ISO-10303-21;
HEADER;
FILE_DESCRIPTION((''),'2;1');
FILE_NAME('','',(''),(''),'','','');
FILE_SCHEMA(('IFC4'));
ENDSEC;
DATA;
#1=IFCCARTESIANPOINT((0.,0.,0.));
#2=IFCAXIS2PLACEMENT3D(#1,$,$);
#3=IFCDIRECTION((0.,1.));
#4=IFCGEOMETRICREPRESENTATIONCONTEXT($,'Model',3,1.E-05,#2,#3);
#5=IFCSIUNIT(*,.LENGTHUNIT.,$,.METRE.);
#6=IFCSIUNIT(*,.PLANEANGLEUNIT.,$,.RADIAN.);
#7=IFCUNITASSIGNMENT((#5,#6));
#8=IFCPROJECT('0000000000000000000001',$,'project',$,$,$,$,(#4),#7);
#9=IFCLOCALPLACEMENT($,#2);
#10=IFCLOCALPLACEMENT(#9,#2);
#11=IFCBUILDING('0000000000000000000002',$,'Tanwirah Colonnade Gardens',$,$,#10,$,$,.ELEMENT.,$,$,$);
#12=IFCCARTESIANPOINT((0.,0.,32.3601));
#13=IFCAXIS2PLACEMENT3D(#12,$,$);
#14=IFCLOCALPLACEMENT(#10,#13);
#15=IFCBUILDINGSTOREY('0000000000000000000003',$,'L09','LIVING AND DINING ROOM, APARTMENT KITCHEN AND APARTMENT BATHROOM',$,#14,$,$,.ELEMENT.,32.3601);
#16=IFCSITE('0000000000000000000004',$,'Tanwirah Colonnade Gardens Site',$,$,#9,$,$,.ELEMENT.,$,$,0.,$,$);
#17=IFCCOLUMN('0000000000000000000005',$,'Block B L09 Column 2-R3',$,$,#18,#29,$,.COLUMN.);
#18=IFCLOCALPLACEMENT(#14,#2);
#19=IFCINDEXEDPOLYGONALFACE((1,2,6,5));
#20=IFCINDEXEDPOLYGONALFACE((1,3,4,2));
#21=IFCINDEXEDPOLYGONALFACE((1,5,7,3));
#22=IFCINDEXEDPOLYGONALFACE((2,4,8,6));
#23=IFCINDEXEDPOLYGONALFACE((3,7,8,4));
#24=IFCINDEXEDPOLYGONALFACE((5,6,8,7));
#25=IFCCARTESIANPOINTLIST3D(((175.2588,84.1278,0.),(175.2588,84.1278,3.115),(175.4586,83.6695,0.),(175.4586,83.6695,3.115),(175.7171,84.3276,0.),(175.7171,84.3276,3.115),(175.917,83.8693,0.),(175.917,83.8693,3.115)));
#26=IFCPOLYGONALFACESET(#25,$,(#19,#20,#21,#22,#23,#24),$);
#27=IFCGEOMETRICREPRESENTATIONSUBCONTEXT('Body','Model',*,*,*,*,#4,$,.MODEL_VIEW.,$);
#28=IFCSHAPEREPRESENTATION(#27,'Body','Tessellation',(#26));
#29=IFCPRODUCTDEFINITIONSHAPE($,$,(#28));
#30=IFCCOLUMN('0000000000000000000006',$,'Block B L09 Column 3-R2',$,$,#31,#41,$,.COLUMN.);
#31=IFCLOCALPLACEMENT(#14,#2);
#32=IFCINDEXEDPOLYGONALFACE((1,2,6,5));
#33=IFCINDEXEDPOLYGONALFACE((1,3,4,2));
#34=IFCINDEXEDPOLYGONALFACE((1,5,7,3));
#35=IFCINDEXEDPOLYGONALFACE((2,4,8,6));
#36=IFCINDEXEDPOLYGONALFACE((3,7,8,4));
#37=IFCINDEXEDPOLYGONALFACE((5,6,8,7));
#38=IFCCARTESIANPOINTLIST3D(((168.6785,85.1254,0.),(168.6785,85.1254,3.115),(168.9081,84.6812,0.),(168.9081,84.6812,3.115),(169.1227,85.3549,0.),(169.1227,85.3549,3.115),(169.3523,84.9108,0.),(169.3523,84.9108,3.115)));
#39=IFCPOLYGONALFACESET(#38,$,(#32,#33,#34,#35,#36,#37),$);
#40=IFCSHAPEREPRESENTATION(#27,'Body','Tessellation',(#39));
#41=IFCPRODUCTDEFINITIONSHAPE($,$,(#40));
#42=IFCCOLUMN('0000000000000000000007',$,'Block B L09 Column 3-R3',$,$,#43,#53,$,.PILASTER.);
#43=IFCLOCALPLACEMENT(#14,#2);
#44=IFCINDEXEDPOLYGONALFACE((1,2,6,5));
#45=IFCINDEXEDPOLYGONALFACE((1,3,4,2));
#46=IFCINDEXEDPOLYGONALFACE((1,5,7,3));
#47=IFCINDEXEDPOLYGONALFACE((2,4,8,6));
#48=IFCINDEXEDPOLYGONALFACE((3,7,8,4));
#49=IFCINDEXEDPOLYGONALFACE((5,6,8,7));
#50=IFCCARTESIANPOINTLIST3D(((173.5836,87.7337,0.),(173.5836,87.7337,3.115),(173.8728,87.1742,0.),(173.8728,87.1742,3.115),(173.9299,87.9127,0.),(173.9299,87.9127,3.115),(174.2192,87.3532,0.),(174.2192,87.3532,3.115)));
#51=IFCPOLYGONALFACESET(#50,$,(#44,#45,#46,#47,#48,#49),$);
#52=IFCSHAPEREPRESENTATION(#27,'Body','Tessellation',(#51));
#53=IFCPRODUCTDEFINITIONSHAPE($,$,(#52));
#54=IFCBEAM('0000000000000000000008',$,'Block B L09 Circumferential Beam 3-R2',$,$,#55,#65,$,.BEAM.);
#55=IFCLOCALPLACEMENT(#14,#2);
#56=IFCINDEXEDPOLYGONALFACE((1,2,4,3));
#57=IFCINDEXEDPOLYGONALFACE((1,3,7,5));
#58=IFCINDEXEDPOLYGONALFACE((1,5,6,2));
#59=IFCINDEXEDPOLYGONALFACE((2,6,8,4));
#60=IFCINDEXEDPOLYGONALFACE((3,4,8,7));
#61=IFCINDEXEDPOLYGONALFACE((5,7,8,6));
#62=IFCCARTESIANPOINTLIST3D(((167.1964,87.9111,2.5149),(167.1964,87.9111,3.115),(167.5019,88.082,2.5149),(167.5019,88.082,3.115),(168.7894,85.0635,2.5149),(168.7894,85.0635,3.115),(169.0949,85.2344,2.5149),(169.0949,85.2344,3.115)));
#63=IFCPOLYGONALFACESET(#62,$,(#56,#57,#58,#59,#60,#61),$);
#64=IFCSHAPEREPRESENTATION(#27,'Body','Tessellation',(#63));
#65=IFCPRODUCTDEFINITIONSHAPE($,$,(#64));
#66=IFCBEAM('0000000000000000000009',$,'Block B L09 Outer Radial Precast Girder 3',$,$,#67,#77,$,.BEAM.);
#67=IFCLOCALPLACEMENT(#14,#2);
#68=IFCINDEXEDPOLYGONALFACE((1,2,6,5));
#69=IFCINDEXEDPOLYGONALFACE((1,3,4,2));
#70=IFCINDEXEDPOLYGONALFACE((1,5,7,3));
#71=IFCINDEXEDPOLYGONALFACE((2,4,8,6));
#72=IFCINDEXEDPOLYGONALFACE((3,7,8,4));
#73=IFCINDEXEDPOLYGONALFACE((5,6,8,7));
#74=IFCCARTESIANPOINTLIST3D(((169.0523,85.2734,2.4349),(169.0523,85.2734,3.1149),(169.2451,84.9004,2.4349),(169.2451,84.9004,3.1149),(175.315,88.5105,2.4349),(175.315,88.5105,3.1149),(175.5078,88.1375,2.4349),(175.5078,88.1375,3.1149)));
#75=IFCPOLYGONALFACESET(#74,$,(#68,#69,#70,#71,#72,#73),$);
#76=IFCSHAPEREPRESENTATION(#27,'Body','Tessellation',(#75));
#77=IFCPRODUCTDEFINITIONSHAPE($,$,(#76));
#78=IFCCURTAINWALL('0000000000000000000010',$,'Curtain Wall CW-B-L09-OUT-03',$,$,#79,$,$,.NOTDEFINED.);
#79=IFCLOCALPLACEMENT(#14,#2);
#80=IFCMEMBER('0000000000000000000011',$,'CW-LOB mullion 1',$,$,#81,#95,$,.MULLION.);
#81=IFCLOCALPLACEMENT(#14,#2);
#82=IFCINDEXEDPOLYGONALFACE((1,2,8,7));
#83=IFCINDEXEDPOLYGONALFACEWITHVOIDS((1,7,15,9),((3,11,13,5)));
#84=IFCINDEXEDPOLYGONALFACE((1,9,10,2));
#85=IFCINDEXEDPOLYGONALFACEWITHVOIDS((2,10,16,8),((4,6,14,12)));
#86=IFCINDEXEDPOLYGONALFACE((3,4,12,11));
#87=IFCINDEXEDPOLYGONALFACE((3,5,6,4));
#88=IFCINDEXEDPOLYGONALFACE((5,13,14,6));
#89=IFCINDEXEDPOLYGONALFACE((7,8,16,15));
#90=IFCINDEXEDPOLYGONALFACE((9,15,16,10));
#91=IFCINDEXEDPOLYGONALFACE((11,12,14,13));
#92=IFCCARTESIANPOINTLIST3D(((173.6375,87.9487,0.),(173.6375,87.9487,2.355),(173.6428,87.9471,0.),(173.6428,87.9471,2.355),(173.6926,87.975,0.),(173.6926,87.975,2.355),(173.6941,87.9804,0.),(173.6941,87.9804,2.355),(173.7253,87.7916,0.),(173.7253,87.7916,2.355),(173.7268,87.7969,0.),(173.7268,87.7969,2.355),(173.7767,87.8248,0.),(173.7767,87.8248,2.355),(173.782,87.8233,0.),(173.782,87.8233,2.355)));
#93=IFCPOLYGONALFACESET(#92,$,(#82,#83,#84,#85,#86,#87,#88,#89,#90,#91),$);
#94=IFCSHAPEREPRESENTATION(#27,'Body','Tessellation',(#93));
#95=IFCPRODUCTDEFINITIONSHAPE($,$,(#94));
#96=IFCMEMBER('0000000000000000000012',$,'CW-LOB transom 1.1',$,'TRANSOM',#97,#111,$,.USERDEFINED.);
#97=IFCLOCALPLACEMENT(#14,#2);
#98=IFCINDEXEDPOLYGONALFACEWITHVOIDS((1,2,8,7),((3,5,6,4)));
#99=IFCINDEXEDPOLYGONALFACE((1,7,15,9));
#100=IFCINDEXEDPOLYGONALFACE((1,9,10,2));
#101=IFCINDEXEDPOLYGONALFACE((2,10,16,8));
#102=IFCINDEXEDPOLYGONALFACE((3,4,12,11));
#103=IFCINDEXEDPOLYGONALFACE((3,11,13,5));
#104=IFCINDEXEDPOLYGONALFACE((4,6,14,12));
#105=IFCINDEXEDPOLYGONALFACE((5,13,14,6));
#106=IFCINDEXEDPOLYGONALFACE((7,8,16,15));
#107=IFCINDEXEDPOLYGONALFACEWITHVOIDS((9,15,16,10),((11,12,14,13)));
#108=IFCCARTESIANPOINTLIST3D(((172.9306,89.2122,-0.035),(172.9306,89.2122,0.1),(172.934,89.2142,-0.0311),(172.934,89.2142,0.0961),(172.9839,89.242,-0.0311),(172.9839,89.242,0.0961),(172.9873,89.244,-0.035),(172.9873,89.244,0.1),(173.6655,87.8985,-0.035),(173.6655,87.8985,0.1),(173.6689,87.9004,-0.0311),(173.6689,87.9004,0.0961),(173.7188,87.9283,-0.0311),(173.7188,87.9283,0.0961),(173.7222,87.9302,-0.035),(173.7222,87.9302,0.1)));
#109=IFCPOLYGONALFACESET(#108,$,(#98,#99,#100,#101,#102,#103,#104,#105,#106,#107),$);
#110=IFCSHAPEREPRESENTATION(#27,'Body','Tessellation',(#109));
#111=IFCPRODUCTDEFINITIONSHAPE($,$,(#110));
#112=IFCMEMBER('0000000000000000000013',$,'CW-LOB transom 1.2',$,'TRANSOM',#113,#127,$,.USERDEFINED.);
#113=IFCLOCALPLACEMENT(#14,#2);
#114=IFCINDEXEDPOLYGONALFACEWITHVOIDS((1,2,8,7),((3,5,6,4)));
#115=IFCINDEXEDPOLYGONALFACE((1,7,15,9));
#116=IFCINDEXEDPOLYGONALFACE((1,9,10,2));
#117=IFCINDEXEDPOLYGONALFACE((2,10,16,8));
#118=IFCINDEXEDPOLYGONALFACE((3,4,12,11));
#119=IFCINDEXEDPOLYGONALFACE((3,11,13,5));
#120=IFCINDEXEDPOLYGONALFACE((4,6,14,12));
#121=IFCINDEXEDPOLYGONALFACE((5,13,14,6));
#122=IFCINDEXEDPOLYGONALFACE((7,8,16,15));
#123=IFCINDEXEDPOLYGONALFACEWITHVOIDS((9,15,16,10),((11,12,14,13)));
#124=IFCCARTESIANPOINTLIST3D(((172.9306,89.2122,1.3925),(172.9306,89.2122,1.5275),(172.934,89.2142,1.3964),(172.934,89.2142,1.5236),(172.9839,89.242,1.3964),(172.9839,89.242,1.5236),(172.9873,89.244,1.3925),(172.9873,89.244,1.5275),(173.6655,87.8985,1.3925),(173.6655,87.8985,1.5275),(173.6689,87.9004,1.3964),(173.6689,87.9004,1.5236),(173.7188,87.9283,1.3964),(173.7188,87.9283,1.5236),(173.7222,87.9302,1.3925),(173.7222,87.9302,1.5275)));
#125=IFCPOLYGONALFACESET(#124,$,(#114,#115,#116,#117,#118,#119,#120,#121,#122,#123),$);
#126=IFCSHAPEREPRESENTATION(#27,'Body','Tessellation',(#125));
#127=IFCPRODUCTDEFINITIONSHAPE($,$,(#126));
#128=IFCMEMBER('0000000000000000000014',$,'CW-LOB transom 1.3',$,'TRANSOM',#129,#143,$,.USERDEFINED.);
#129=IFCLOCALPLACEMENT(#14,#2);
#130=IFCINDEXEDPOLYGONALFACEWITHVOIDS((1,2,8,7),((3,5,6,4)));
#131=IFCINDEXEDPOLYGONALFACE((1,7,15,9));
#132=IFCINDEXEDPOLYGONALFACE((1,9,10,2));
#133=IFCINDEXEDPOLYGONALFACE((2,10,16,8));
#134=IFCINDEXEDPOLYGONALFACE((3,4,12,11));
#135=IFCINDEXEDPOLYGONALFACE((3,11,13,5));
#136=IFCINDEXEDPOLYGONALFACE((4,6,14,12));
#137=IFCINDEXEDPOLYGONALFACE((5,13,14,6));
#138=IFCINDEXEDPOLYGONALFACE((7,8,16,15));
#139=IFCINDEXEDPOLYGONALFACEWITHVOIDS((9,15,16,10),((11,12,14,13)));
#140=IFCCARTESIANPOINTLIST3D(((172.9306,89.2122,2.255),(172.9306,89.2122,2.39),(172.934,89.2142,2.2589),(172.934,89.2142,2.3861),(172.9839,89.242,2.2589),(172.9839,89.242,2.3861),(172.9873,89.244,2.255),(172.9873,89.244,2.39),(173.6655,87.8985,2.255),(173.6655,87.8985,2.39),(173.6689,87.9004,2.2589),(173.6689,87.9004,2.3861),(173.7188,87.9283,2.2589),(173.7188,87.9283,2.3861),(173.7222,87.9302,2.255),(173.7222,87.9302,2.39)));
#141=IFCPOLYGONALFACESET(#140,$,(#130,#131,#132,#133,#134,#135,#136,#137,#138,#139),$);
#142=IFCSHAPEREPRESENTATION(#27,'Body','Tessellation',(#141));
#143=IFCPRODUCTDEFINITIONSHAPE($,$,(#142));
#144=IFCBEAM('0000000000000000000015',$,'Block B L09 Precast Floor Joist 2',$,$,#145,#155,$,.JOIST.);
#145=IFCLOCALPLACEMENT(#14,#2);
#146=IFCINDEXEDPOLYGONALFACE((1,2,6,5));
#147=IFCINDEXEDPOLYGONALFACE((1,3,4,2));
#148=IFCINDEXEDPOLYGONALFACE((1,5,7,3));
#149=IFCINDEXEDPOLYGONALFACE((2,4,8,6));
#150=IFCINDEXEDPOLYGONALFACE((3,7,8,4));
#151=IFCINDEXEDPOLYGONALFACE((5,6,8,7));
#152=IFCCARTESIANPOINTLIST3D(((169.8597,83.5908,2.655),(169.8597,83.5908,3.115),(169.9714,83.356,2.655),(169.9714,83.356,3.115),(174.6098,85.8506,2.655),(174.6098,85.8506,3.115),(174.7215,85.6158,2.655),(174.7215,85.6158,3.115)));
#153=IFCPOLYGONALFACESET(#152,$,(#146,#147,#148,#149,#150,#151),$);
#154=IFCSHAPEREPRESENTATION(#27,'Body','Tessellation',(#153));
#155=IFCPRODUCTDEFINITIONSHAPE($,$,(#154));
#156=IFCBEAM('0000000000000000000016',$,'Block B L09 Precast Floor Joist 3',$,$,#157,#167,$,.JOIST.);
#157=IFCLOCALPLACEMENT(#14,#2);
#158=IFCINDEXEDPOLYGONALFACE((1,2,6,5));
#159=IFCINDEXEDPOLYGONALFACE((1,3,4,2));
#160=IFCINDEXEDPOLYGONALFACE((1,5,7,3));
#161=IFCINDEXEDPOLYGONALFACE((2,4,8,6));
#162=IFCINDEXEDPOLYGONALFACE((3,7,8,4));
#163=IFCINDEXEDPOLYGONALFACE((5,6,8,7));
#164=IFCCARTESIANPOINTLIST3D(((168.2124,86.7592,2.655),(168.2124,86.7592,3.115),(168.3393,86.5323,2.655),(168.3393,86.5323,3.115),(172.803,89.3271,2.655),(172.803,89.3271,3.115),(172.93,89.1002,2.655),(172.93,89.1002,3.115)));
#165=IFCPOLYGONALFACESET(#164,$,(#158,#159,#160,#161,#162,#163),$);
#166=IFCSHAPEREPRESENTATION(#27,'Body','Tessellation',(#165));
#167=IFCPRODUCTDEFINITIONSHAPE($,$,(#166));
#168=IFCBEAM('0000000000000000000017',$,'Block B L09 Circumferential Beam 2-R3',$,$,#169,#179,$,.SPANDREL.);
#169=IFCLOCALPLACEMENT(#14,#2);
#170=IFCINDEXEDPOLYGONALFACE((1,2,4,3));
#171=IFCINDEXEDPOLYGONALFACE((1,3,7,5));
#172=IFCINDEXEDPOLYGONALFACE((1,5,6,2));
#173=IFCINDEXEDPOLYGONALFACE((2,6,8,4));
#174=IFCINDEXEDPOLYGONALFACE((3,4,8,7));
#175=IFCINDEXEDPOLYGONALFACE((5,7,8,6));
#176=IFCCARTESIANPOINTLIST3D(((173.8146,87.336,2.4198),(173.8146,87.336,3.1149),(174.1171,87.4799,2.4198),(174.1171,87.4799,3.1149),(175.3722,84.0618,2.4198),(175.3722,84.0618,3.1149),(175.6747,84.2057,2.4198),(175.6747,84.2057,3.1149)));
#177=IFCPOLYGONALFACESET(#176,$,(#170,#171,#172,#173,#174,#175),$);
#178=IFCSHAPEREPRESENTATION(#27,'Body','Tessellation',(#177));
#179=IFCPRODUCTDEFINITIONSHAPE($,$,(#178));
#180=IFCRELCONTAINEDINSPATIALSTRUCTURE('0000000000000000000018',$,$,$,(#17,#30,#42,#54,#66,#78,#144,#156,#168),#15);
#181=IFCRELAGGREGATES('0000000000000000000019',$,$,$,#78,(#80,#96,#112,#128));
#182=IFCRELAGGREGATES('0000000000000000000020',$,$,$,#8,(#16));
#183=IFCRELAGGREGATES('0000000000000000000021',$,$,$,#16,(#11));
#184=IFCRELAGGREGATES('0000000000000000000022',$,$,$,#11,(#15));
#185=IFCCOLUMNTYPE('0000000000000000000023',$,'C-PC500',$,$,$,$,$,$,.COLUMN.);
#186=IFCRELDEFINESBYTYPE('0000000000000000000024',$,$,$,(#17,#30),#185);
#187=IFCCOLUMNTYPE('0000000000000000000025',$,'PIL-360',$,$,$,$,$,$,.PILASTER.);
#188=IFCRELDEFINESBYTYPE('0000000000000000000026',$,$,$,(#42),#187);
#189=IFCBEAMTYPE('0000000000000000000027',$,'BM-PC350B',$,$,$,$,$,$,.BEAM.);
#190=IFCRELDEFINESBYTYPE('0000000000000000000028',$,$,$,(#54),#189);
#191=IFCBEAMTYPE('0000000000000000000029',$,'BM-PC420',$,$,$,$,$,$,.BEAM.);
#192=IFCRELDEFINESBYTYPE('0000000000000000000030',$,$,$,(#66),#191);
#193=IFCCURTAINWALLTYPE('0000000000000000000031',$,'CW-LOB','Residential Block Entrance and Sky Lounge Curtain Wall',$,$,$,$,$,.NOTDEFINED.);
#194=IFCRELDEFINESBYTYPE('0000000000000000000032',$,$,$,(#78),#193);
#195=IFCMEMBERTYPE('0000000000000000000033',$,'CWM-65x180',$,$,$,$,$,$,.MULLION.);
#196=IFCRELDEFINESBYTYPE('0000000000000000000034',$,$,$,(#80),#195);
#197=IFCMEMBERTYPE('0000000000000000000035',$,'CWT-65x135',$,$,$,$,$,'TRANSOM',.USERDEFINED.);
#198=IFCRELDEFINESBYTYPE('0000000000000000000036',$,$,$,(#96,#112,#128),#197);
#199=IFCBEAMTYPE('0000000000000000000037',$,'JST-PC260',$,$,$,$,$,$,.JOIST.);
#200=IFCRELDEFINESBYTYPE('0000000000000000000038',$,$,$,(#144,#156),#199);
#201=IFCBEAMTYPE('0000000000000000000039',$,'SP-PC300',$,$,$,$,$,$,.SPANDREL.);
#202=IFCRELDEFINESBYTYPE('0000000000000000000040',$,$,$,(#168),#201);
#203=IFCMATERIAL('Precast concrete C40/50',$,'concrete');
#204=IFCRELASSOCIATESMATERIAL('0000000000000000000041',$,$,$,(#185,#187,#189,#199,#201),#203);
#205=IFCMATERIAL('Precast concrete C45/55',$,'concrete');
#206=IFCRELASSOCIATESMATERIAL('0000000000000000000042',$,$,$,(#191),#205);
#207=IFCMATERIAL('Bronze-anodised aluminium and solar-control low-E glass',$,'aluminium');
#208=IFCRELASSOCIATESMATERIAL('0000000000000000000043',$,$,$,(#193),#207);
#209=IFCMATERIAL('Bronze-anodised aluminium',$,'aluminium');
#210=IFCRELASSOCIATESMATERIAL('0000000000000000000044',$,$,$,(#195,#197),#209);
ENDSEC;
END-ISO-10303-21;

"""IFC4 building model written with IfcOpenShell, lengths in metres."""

from ifc_helpers import new_model, si_unit, direction, frame, origin, origin_2d, place, context, subcontext, project, spatial, rectangle, hollow_rectangle, extrude, material, material_profile, profile_set, type_object, element, aggregate, save


model = new_model("IFC4")

# Units and contexts
model_context = context("Model", 3, precision=1e-05, world=origin(), true_north=direction((0.0, 1.0)))
body_context = subcontext(model_context, "Body", "Model", "MODEL_VIEW")
ifc_project = project(units=[si_unit("LENGTHUNIT", "METRE"), si_unit("PLANEANGLEUNIT", "RADIAN")], contexts=[model_context])

# Site, building, storey
site_placement = place(None, origin())
site = spatial("IfcSite", under=ifc_project, at=site_placement, Name="Tanwirah Colonnade Gardens Site", CompositionType="ELEMENT", RefElevation=0.0)
building_placement = place(site_placement, origin())
building = spatial("IfcBuilding", under=site, at=building_placement, Name="Tanwirah Colonnade Gardens", CompositionType="ELEMENT")
storey_placement = place(building_placement, frame((0.0, 0.0, 32.3601)))
storey = spatial("IfcBuildingStorey", under=building, at=storey_placement, Name="L09", Description="LIVING AND DINING ROOM, APARTMENT KITCHEN AND APARTMENT BATHROOM", CompositionType="ELEMENT", Elevation=32.3601)

# Columns
ifc_material_1 = material(Name="Precast concrete C40/50", Category="concrete")
ifc_material_profile_1 = material_profile(ifc_material_1, rectangle(XDim=0.5, YDim=0.5, at=origin_2d()), Name="PC-COL 500x500")
ifc_profile_set_1 = profile_set([ifc_material_profile_1], Name="Precast concrete C40/50")
column_type_1 = type_object("IfcColumnType", Name="C-PC500", PredefinedType="COLUMN", material=ifc_profile_set_1)
for number, where, z_axis, x_axis, name in (
    (1, (175.5879, 83.9985, 0.0), (0.0, 0.0, 1.0), (0.916673, 0.399638, 0.0), "Block B L09 Column 2-R3"),
    (2, (169.0154, 85.0181, 0.0), (0.0, 0.0, 1.0), (0.88835, 0.459166, 0.0), "Block B L09 Column 3-R2"),
):
    element("IfcColumn", number, at=place(storey_placement, frame(where, z_axis=z_axis, x_axis=x_axis)), inside=storey, type_object=column_type_1, Name=name, PredefinedType="COLUMN", context=body_context, shape_type="SweptSolid", body=[
        extrude(rectangle(XDim=0.5, YDim=0.5, at=origin_2d()), origin(), (0.0, 0.0, 1.0), 3.115),
    ])
ifc_material_profile_2 = material_profile(ifc_material_1, rectangle(XDim=0.3899, YDim=0.6299, at=origin_2d()), Name="PC-PIL 390x630")
ifc_profile_set_2 = profile_set([ifc_material_profile_2], Name="Precast concrete C40/50")
column_type_2 = type_object("IfcColumnType", Name="PIL-360", PredefinedType="PILASTER", material=ifc_profile_set_2)
column_placement = place(storey_placement, frame((173.9014, 87.5435, 0.0), z_axis=(0.0, 0.0, 1.0), x_axis=(0.88835, 0.459166, 0.0)))
element("IfcColumn", 3, at=column_placement, inside=storey, type_object=column_type_2, Name="Block B L09 Column 3-R3", PredefinedType="PILASTER", context=body_context, shape_type="SweptSolid", body=[
    extrude(rectangle(XDim=0.3899, YDim=0.6299, at=origin_2d()), origin(), (0.0, 0.0, 1.0), 3.115),
])

# Beams
ifc_material_profile_3 = material_profile(ifc_material_1, rectangle(XDim=0.3501, YDim=0.6001, at=origin_2d()), Name="PC-BM 350x600")
ifc_profile_set_3 = profile_set([ifc_material_profile_3], Name="Precast concrete C40/50")
beam_type_1 = type_object("IfcBeamType", Name="BM-PC350B", PredefinedType="BEAM", material=ifc_profile_set_3)
beam_1_placement = place(storey_placement, frame((168.9421, 85.1489, 2.8149), z_axis=(-0.488214, 0.872724, 0.0), x_axis=(-0.872724, -0.488214, 0.0)))
element("IfcBeam", 4, at=beam_1_placement, inside=storey, type_object=beam_type_1, Name="Block B L09 Circumferential Beam 3-R2", PredefinedType="BEAM", context=body_context, shape_type="SweptSolid", body=[
    extrude(rectangle(XDim=0.3501, YDim=0.6001, at=origin_2d()), origin(), (0.0, 0.0, 1.0), 3.2629),
])
ifc_material_2 = material(Name="Precast concrete C45/55", Category="concrete")
ifc_material_profile_4 = material_profile(ifc_material_2, rectangle(XDim=0.4199, YDim=0.6799, at=origin_2d()), Name="PC-BM 420x680")
ifc_profile_set_4 = profile_set([ifc_material_profile_4], Name="Precast concrete C45/55")
beam_type_2 = type_object("IfcBeamType", Name="BM-PC420", PredefinedType="BEAM", material=ifc_profile_set_4)
beam_2_placement = place(storey_placement, frame((169.1487, 85.0869, 2.7749), z_axis=(0.888349, 0.459169, 0.0), x_axis=(-0.459169, 0.888349, 0.0)))
element("IfcBeam", 5, at=beam_2_placement, inside=storey, type_object=beam_type_2, Name="Block B L09 Outer Radial Precast Girder 3", PredefinedType="BEAM", context=body_context, shape_type="SweptSolid", body=[
    extrude(rectangle(XDim=0.4199, YDim=0.6799, at=origin_2d()), origin(), (0.0, 0.0, 1.0), 7.0498),
])

# Curtain wall, members
ifc_material_3 = material(Name="Bronze-anodised aluminium and solar-control low-E glass", Category="aluminium")
curtain_wall_type = type_object("IfcCurtainWallType", Name="CW-LOB", Description="Residential Block Entrance and Sky Lounge Curtain Wall", PredefinedType="NOTDEFINED", material=ifc_material_3)
curtain_wall_placement = place(storey_placement, origin())
curtain_wall = element("IfcCurtainWall", 6, at=curtain_wall_placement, inside=storey, type_object=curtain_wall_type, Name="Curtain Wall CW-B-L09-OUT-03", PredefinedType="NOTDEFINED")
ifc_material_4 = material(Name="Bronze-anodised aluminium", Category="aluminium")
ifc_material_profile_5 = material_profile(ifc_material_4, hollow_rectangle(XDim=0.0649, YDim=0.1799, WallThickness=0.0039, at=origin_2d()), Name="CW-MUL 65x180x4")
ifc_profile_set_5 = profile_set([ifc_material_profile_5], Name="Bronze-anodised aluminium")
member_type_1 = type_object("IfcMemberType", Name="CWM-65x180", PredefinedType="MULLION", material=ifc_profile_set_5)
member_1_placement = place(storey_placement, frame((173.7097, 87.886, 0.0), z_axis=(0.0, 0.0, 1.0), x_axis=(-0.872732, -0.4882, 0.0)))
member_1 = element("IfcMember", 7, at=member_1_placement, type_object=member_type_1, Name="CW-LOB mullion 1", PredefinedType="MULLION", context=body_context, shape_type="SweptSolid", body=[
    extrude(hollow_rectangle(XDim=0.0649, YDim=0.1799, WallThickness=0.0039, at=origin_2d()), origin(), (0.0, 0.0, 1.0), 2.355),
])
ifc_material_profile_6 = material_profile(ifc_material_4, hollow_rectangle(XDim=0.0649, YDim=0.135, WallThickness=0.0039, at=origin_2d()), Name="CW-TRN 65x135x4")
ifc_profile_set_6 = profile_set([ifc_material_profile_6], Name="Bronze-anodised aluminium")
member_type_2 = type_object("IfcMemberType", Name="CWT-65x135", ElementType="TRANSOM", PredefinedType="USERDEFINED", material=ifc_profile_set_6)
member_2_placement = place(storey_placement, frame((173.6938, 87.9143, 0.0325), z_axis=(-0.488188, 0.872738, 0.0), x_axis=(-0.872738, -0.488188, 0.0)))
member_2 = element("IfcMember", 8, at=member_2_placement, type_object=member_type_2, Name="CW-LOB transom 1.1", ObjectType="TRANSOM", PredefinedType="USERDEFINED", context=body_context, shape_type="SweptSolid", body=[
    extrude(hollow_rectangle(XDim=0.0649, YDim=0.135, WallThickness=0.0039, at=origin_2d()), origin(), (0.0, 0.0, 1.0), 1.5054),
])
member_3_placement = place(storey_placement, frame((173.6938, 87.9143, 1.46), z_axis=(-0.488188, 0.872738, 0.0), x_axis=(-0.872738, -0.488188, 0.0)))
member_3 = element("IfcMember", 9, at=member_3_placement, type_object=member_type_2, Name="CW-LOB transom 1.2", ObjectType="TRANSOM", PredefinedType="USERDEFINED", context=body_context, shape_type="SweptSolid", body=[
    extrude(hollow_rectangle(XDim=0.0649, YDim=0.135, WallThickness=0.0039, at=origin_2d()), origin(), (0.0, 0.0, 1.0), 1.5054),
])
member_4_placement = place(storey_placement, frame((173.6938, 87.9143, 2.3225), z_axis=(-0.488188, 0.872738, 0.0), x_axis=(-0.872738, -0.488188, 0.0)))
member_4 = element("IfcMember", 10, at=member_4_placement, type_object=member_type_2, Name="CW-LOB transom 1.3", ObjectType="TRANSOM", PredefinedType="USERDEFINED", context=body_context, shape_type="SweptSolid", body=[
    extrude(hollow_rectangle(XDim=0.0649, YDim=0.135, WallThickness=0.0039, at=origin_2d()), origin(), (0.0, 0.0, 1.0), 1.5054),
])
aggregate(curtain_wall, [member_1, member_2, member_3, member_4])

# Beams
ifc_material_profile_7 = material_profile(ifc_material_1, rectangle(XDim=0.26, YDim=0.46, at=origin_2d()), Name="PC-JST 260x460")
ifc_profile_set_7 = profile_set([ifc_material_profile_7], Name="Precast concrete C40/50")
beam_type_3 = type_object("IfcBeamType", Name="JST-PC260", PredefinedType="JOIST", material=ifc_profile_set_7)
beam_3_placement = place(storey_placement, frame((169.9155, 83.4734, 2.885), z_axis=(0.903018, 0.429602, 0.0), x_axis=(-0.429602, 0.903018, 0.0)))
element("IfcBeam", 11, at=beam_3_placement, inside=storey, type_object=beam_type_3, Name="Block B L09 Precast Floor Joist 2", PredefinedType="JOIST", context=body_context, shape_type="SweptSolid", body=[
    extrude(rectangle(XDim=0.26, YDim=0.46, at=origin_2d()), origin(), (0.0, 0.0, 1.0), 5.2603),
])
beam_4_placement = place(storey_placement, frame((168.2759, 86.6458, 2.885), z_axis=(0.872737, 0.488191, 0.0), x_axis=(-0.488191, 0.872737, 0.0)))
element("IfcBeam", 12, at=beam_4_placement, inside=storey, type_object=beam_type_3, Name="Block B L09 Precast Floor Joist 3", PredefinedType="JOIST", context=body_context, shape_type="SweptSolid", body=[
    extrude(rectangle(XDim=0.26, YDim=0.46, at=origin_2d()), origin(), (0.0, 0.0, 1.0), 5.26),
])
ifc_material_profile_8 = material_profile(ifc_material_1, rectangle(XDim=0.335, YDim=0.6951, at=origin_2d()), Name="PC-SP 335x695")
ifc_profile_set_8 = profile_set([ifc_material_profile_8], Name="Precast concrete C40/50")
beam_type_4 = type_object("IfcBeamType", Name="SP-PC300", PredefinedType="SPANDREL", material=ifc_profile_set_8)
for number, where, z_axis, x_axis, name in (
    (13, (175.5234, 84.1338, 2.7673), (-0.429594, 0.903022, 0.0), (-0.903022, -0.429594, 0.0), "Block B L09 Circumferential Beam 2-R3"),
):
    element("IfcBeam", number, at=place(storey_placement, frame(where, z_axis=z_axis, x_axis=x_axis)), inside=storey, type_object=beam_type_4, Name=name, PredefinedType="SPANDREL", context=body_context, shape_type="SweptSolid", body=[
        extrude(rectangle(XDim=0.335, YDim=0.6951, at=origin_2d()), origin(), (0.0, 0.0, 1.0), 3.6257),
    ])

save(model, "model.ifc")
